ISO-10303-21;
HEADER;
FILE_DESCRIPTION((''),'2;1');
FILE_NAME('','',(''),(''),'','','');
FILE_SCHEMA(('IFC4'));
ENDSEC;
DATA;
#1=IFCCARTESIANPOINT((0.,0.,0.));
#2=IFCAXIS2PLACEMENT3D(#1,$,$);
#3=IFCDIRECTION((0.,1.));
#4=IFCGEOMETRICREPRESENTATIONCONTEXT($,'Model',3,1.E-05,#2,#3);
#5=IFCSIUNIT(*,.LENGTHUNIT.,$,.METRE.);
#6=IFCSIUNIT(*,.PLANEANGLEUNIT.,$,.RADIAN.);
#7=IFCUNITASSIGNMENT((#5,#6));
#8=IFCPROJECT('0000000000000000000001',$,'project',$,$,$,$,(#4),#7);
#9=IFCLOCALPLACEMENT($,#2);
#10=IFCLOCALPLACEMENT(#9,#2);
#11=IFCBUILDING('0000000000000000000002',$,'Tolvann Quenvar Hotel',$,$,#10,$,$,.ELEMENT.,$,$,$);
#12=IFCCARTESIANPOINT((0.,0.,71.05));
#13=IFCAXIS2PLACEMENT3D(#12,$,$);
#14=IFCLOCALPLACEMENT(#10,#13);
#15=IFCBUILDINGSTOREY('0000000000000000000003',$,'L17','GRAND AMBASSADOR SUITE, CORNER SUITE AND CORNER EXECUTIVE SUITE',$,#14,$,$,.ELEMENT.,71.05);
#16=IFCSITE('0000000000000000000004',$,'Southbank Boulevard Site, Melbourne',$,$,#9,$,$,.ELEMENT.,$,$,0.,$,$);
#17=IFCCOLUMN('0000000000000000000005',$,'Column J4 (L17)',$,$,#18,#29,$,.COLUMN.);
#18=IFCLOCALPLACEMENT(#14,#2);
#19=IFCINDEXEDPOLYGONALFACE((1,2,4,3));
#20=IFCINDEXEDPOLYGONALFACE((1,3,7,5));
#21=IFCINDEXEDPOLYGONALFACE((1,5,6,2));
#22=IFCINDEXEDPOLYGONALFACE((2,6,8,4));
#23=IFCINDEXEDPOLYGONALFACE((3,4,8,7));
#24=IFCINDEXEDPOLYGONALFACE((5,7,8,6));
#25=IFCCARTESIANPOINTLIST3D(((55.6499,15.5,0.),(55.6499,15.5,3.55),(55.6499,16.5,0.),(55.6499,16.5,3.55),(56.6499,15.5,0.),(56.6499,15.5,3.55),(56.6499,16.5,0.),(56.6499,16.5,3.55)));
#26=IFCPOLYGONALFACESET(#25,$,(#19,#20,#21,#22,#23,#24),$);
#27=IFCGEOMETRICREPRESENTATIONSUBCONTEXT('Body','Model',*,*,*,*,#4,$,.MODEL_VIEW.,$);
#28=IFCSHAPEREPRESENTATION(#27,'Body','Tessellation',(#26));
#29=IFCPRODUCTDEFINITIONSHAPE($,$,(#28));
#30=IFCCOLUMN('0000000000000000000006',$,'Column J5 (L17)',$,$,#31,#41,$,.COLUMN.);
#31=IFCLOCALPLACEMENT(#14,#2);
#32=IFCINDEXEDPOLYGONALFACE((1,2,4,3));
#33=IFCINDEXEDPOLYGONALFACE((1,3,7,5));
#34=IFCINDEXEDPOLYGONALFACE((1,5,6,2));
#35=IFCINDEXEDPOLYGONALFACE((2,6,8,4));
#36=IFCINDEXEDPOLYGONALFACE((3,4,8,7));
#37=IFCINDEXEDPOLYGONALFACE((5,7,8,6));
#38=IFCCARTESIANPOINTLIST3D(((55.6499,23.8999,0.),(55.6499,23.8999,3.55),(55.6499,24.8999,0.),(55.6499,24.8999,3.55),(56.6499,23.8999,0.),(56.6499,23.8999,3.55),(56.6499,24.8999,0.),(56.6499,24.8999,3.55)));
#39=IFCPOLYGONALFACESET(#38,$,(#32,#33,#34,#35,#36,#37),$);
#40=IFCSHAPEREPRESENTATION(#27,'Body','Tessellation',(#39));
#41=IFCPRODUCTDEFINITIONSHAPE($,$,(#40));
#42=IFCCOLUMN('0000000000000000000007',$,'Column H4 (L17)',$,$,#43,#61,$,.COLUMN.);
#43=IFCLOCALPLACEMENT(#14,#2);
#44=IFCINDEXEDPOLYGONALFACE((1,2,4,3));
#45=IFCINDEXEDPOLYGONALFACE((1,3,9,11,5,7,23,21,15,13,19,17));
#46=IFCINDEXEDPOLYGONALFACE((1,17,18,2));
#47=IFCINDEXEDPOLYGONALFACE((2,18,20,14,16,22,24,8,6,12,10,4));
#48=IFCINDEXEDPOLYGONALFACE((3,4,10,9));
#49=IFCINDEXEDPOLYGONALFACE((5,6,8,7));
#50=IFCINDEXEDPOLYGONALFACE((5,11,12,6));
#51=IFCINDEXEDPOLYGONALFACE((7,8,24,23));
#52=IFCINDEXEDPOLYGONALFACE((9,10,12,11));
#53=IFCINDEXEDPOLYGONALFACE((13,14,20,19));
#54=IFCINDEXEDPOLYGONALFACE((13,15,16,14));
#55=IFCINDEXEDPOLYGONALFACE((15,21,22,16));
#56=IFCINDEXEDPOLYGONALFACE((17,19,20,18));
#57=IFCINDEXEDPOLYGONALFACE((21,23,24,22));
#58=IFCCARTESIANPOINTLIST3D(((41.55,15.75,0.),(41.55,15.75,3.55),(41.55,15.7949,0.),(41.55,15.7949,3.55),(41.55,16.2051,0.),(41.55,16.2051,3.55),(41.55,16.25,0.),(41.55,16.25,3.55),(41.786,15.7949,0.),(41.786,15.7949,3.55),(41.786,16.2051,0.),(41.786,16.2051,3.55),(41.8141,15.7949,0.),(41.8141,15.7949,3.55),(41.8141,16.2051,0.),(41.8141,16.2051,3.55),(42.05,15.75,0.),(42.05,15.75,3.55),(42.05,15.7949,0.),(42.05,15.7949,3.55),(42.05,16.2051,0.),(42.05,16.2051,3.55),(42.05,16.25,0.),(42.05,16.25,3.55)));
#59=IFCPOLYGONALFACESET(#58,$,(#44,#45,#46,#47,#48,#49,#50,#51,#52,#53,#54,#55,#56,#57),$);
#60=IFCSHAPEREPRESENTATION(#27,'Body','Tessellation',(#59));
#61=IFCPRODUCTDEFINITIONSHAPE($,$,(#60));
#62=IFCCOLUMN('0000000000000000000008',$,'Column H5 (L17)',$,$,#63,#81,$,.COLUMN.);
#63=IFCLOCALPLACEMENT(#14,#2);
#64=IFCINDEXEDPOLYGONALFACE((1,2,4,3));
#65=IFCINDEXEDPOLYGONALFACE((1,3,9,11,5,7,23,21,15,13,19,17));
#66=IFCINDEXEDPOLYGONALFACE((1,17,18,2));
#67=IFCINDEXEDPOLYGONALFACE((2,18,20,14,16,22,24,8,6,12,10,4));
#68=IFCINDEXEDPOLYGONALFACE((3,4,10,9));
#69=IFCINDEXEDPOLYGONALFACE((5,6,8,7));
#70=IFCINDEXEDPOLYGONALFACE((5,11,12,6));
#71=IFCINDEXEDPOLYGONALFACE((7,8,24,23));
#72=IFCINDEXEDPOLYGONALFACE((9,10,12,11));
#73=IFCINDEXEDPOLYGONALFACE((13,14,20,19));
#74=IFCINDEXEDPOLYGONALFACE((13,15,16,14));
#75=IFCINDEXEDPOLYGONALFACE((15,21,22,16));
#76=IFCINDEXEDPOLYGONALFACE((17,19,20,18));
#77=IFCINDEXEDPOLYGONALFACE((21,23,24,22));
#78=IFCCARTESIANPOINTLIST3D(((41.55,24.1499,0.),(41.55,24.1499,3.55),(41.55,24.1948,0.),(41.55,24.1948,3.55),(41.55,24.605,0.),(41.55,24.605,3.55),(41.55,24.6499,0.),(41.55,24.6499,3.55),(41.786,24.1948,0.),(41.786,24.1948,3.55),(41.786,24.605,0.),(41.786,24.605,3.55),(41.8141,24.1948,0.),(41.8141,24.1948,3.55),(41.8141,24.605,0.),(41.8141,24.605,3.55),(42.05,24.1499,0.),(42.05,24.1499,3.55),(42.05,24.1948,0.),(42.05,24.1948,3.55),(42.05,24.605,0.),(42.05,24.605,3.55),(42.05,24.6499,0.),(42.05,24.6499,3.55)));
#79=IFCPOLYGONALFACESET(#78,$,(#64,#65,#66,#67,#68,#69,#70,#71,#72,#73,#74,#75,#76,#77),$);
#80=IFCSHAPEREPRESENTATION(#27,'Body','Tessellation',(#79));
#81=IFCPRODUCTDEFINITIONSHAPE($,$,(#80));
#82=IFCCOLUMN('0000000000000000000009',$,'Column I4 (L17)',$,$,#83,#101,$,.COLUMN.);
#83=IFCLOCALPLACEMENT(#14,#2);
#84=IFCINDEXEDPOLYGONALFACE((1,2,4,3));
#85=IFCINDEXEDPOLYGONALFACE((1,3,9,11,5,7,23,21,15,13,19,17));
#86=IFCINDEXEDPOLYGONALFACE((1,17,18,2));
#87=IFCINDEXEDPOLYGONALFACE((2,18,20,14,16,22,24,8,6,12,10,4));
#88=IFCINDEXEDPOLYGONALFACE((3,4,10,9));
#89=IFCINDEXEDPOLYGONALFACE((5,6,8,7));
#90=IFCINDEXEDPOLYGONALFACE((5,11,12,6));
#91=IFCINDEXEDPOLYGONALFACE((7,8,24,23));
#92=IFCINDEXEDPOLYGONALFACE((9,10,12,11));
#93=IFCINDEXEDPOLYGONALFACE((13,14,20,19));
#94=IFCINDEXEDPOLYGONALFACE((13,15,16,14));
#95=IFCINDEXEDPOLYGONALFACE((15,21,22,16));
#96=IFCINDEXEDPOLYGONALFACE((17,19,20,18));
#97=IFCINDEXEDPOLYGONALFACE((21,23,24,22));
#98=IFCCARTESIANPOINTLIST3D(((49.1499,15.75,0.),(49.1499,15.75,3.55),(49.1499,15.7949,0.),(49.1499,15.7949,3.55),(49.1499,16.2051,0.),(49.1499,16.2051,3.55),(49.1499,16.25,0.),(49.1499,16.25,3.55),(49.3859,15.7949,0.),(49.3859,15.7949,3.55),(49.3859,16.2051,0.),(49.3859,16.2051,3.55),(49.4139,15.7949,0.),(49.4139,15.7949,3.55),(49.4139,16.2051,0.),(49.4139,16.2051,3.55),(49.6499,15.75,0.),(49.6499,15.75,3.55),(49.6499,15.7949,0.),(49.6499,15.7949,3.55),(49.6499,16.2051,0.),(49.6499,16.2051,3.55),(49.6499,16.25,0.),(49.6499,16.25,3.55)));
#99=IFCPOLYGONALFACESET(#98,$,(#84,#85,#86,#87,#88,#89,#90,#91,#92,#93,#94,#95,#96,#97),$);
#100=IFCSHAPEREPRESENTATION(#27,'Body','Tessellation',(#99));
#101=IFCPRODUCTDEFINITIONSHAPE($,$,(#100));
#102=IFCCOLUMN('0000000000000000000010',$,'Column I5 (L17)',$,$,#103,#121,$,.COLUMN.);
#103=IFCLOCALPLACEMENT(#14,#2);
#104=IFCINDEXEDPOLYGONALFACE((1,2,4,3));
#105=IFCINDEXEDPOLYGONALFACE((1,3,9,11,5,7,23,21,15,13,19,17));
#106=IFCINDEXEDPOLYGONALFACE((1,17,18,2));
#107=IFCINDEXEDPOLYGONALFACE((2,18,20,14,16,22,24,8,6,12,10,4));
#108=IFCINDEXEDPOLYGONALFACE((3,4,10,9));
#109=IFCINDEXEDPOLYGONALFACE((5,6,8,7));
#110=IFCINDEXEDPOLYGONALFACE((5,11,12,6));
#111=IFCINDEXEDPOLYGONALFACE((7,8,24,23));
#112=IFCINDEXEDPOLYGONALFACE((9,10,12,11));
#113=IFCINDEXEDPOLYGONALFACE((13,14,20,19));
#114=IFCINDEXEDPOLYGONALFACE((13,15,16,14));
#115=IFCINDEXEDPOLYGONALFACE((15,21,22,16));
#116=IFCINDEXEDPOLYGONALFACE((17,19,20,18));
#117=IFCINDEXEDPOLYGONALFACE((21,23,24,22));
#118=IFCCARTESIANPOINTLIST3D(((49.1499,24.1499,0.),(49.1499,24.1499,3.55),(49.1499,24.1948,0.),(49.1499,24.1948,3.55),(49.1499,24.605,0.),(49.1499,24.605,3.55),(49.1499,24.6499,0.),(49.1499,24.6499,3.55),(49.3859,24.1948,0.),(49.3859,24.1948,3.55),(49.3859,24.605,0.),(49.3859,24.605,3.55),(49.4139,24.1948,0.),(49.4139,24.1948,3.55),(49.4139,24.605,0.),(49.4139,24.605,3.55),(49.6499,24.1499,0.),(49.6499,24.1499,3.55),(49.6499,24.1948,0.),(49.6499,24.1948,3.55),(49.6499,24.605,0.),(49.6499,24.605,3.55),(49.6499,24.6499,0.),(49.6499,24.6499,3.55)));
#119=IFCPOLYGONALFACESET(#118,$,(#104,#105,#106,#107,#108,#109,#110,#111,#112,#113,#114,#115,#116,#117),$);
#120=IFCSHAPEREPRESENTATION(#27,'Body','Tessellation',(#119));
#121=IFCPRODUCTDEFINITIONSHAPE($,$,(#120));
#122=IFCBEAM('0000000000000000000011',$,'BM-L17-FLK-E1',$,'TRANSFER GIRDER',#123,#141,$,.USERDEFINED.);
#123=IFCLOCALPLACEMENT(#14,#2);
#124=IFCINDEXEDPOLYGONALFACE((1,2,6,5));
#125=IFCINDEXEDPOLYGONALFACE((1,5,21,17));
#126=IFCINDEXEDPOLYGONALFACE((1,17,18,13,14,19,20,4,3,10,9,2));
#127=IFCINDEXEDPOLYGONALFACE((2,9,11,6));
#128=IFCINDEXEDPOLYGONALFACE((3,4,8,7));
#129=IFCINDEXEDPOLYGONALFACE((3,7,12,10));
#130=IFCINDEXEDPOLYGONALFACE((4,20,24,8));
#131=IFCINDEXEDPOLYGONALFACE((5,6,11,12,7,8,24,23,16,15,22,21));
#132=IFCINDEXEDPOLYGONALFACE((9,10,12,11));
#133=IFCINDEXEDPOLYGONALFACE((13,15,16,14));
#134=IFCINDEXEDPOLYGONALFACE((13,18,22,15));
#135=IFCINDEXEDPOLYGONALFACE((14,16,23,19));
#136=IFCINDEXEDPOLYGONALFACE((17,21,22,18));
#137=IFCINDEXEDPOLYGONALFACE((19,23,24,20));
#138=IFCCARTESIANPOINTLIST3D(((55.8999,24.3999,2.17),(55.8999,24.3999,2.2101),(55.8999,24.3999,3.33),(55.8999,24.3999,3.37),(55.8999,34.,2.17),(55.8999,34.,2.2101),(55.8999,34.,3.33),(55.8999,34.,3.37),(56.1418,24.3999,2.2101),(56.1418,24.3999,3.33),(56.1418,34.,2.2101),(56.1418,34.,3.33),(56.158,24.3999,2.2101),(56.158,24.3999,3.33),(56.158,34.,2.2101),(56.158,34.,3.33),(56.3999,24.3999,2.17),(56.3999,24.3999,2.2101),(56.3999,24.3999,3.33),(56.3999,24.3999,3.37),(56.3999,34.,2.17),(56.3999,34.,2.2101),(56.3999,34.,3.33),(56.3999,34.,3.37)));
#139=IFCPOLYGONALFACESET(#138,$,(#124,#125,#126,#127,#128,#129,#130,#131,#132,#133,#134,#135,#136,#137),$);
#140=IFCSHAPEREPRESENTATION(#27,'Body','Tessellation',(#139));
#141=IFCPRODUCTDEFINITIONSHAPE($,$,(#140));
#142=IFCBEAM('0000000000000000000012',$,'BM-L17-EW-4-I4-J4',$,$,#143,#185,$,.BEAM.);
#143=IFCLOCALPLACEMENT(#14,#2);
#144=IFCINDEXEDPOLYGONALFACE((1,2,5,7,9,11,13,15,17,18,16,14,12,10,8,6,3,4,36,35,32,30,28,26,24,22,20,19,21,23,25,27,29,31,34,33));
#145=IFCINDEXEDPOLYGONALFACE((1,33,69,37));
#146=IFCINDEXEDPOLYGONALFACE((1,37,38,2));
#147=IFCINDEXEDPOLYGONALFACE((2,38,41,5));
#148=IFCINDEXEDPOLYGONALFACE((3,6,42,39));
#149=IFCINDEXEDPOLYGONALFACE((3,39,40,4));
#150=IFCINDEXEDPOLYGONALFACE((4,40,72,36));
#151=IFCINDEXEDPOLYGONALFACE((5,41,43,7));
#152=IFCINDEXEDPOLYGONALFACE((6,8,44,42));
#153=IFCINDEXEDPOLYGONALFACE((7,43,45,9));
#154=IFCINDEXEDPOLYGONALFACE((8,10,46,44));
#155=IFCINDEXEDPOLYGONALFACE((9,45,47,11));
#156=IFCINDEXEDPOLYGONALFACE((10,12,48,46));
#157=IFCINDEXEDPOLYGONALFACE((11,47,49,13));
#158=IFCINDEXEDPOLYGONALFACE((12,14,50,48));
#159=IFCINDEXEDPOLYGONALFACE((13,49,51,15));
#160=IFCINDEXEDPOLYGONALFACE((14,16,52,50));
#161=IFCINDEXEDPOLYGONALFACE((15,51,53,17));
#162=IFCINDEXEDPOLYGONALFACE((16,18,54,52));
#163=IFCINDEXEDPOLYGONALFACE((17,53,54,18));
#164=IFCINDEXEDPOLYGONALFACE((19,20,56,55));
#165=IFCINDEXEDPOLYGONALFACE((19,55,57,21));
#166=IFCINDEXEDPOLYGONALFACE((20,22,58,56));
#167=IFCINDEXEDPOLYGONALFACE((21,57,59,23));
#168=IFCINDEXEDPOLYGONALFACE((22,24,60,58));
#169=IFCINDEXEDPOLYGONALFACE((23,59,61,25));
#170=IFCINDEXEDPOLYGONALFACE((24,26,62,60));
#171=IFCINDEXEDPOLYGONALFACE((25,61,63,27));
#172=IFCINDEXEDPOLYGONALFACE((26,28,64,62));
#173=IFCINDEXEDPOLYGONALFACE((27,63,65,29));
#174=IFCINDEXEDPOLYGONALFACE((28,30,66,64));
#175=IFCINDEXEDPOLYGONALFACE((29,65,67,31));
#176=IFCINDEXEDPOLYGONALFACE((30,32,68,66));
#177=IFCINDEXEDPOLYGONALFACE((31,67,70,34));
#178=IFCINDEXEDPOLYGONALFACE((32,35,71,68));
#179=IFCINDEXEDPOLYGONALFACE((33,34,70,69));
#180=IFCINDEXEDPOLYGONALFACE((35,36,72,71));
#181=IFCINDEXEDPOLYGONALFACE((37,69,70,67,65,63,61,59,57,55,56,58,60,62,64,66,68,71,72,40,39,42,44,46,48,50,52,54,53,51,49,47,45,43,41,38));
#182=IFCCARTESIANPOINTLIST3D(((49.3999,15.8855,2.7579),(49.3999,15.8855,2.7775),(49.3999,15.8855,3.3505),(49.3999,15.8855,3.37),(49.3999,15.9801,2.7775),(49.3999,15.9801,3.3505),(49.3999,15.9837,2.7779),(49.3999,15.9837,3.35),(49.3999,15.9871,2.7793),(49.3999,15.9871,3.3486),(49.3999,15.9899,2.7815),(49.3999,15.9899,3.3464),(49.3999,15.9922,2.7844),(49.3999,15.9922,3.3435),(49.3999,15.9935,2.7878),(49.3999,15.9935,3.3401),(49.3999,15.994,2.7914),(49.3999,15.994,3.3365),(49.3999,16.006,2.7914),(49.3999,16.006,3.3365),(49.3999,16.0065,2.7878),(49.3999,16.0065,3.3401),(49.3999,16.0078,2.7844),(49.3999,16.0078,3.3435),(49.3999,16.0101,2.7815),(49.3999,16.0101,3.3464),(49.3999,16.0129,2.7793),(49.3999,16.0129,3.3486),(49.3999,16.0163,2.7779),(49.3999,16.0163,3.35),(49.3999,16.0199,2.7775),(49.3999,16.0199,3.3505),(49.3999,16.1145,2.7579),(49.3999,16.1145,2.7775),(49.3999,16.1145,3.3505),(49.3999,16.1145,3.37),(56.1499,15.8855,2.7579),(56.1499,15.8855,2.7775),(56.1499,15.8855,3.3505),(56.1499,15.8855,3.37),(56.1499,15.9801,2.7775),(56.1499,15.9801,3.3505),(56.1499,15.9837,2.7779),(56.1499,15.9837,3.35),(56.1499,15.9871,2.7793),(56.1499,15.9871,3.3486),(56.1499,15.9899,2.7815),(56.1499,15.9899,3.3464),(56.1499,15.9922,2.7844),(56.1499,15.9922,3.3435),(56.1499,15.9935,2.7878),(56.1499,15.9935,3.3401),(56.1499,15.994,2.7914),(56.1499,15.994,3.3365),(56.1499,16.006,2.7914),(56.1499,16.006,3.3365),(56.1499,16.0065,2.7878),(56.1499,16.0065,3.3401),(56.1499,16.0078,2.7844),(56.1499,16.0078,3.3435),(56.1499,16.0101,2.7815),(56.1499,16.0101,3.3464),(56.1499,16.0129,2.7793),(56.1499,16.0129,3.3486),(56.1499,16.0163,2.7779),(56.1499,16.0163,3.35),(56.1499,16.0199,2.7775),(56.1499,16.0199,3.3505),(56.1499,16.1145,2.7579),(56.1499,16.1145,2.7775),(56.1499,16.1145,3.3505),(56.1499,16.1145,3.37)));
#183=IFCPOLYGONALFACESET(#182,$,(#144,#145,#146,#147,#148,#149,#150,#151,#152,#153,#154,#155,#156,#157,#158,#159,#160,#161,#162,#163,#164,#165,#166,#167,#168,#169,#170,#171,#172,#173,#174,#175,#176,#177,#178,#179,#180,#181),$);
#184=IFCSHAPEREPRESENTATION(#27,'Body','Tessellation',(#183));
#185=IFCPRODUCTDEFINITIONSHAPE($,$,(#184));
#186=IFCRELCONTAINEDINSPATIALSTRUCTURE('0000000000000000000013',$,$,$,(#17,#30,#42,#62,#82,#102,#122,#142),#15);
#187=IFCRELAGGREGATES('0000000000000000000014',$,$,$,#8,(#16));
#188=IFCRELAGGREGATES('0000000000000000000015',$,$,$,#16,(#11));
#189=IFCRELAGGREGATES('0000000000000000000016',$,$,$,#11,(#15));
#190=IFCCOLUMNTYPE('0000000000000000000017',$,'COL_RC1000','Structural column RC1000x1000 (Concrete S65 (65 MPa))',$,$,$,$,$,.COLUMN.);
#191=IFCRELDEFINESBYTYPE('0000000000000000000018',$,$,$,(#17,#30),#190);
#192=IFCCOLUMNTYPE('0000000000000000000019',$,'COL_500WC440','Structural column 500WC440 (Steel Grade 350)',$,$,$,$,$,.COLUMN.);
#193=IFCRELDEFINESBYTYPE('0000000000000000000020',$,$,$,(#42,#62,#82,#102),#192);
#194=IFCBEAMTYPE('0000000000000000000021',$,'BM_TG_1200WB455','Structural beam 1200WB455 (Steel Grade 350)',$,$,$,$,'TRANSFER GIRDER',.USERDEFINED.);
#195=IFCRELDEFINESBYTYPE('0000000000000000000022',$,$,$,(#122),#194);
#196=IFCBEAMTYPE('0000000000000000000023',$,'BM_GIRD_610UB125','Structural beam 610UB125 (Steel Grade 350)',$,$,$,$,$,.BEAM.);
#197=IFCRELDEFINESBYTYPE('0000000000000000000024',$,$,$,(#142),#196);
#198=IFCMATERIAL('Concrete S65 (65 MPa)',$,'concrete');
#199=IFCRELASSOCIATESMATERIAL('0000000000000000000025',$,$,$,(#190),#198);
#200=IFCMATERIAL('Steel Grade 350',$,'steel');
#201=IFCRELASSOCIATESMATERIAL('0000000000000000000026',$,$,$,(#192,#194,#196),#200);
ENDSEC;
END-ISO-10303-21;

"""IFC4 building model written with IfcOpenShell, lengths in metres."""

from ifc_helpers import new_model, si_unit, direction, frame, origin, origin_2d, place, context, subcontext, project, spatial, rectangle, i_section, extrude, source, transform, mapped, material, material_profile, profile_set, type_object, type_shapes, element, save


model = new_model("IFC4")

# Units and contexts
model_context = context("Model", 3, precision=1e-05, world=origin(), true_north=direction((0.0, 1.0)))
body_context = subcontext(model_context, "Body", "Model", "MODEL_VIEW")
ifc_project = project(units=[si_unit("LENGTHUNIT", "METRE"), si_unit("PLANEANGLEUNIT", "RADIAN")], contexts=[model_context])

# Site, building, storey
site_placement = place(None, origin())
site = spatial("IfcSite", under=ifc_project, at=site_placement, Name="Southbank Boulevard Site, Melbourne", CompositionType="ELEMENT", RefElevation=0.0)
building_placement = place(site_placement, origin())
building = spatial("IfcBuilding", under=site, at=building_placement, Name="Tolvann Quenvar Hotel", CompositionType="ELEMENT")
storey_placement = place(building_placement, frame((0.0, 0.0, 71.05)))
storey = spatial("IfcBuildingStorey", under=building, at=storey_placement, Name="L17", Description="GRAND AMBASSADOR SUITE, CORNER SUITE AND CORNER EXECUTIVE SUITE", CompositionType="ELEMENT", Elevation=71.05)

# Columns
ifc_material_1 = material(Name="Concrete S65 (65 MPa)", Category="concrete")
ifc_material_profile_1 = material_profile(ifc_material_1, rectangle(XDim=1.0, YDim=1.0, at=origin_2d()), Name="RC1000x1000")
ifc_profile_set_1 = profile_set([ifc_material_profile_1], Name="Concrete S65 (65 MPa)")
column_type_1 = type_object("IfcColumnType", Name="COL_RC1000", Description="Structural column RC1000x1000 (Concrete S65 (65 MPa))", PredefinedType="COLUMN", material=ifc_profile_set_1)
shared_shape_1 = source(origin(), body_context, "Body", "SweptSolid", [
    extrude(rectangle(XDim=1.0, YDim=1.0, at=origin_2d()), origin(), (0.0, 0.0, 1.0), 3.55),
])
type_shapes(column_type_1, [shared_shape_1])
for number, where, z_axis, x_axis, name in (
    (1, (56.1499, 16.0, 0.0), (0.0, 0.0, 1.0), (1.0, 0.0, 0.0), "Column J4 (L17)"),
    (2, (56.1499, 24.3999, 0.0), (0.0, 0.0, 1.0), (1.0, 0.0, 0.0), "Column J5 (L17)"),
):
    element("IfcColumn", number, at=place(storey_placement, frame(where, z_axis=z_axis, x_axis=x_axis)), inside=storey, type_object=column_type_1, Name=name, PredefinedType="COLUMN", context=body_context, shape_type="MappedRepresentation", body=[
        mapped(shared_shape_1, transform((0.0, 0.0, 0.0), x_axis=(1.0, 0.0, 0.0), y_axis=(0.0, 1.0, 0.0), z_axis=(0.0, 0.0, 1.0), scale=1.0)),
    ])
ifc_material_2 = material(Name="Steel Grade 350", Category="steel")
ifc_material_profile_2 = material_profile(ifc_material_2, i_section(OverallWidth=0.5, OverallDepth=0.5, WebThickness=0.0281, FlangeThickness=0.0449, at=origin_2d()), Name="500WC440")
ifc_profile_set_2 = profile_set([ifc_material_profile_2], Name="Steel Grade 350")
column_type_2 = type_object("IfcColumnType", Name="COL_500WC440", Description="Structural column 500WC440 (Steel Grade 350)", PredefinedType="COLUMN", material=ifc_profile_set_2)
shared_shape_2 = source(origin(), body_context, "Body", "SweptSolid", [
    extrude(i_section(OverallWidth=0.5, OverallDepth=0.5, WebThickness=0.0281, FlangeThickness=0.0449, at=origin_2d()), origin(), (0.0, 0.0, 1.0), 3.55),
])
type_shapes(column_type_2, [shared_shape_2])
for number, where, z_axis, x_axis, name in (
    (3, (41.8, 16.0, 0.0), (0.0, 0.0, 1.0), (1.0, 0.0, 0.0), "Column H4 (L17)"),
    (4, (41.8, 24.3999, 0.0), (0.0, 0.0, 1.0), (1.0, 0.0, 0.0), "Column H5 (L17)"),
    (5, (49.3999, 16.0, 0.0), (0.0, 0.0, 1.0), (1.0, 0.0, 0.0), "Column I4 (L17)"),
    (6, (49.3999, 24.3999, 0.0), (0.0, 0.0, 1.0), (1.0, 0.0, 0.0), "Column I5 (L17)"),
):
    element("IfcColumn", number, at=place(storey_placement, frame(where, z_axis=z_axis, x_axis=x_axis)), inside=storey, type_object=column_type_2, Name=name, PredefinedType="COLUMN", context=body_context, shape_type="MappedRepresentation", body=[
        mapped(shared_shape_2, transform((0.0, 0.0, 0.0), x_axis=(1.0, 0.0, 0.0), y_axis=(0.0, 1.0, 0.0), z_axis=(0.0, 0.0, 1.0), scale=1.0)),
    ])

# Beams
ifc_material_profile_3 = material_profile(ifc_material_2, i_section(OverallWidth=0.5, OverallDepth=1.2, WebThickness=0.0161, FlangeThickness=0.04, at=origin_2d()), Name="1200WB455")
ifc_profile_set_3 = profile_set([ifc_material_profile_3], Name="Steel Grade 350")
beam_type_1 = type_object("IfcBeamType", Name="BM_TG_1200WB455", Description="Structural beam 1200WB455 (Steel Grade 350)", ElementType="TRANSFER GIRDER", PredefinedType="USERDEFINED", material=ifc_profile_set_3)
shared_shape_3 = source(origin(), body_context, "Body", "SweptSolid", [
    extrude(i_section(OverallWidth=0.5, OverallDepth=1.2, WebThickness=0.0161, FlangeThickness=0.04, at=origin_2d()), origin(), (0.0, 0.0, 1.0), 9.6001),
])
beam_1_placement = place(storey_placement, frame((56.1499, 24.3999, 2.77), z_axis=(0.0, 1.0, 0.0), x_axis=(-1.0, 0.0, 0.0)))
element("IfcBeam", 7, at=beam_1_placement, inside=storey, type_object=beam_type_1, Name="BM-L17-FLK-E1", ObjectType="TRANSFER GIRDER", PredefinedType="USERDEFINED", context=body_context, shape_type="MappedRepresentation", body=[
    mapped(shared_shape_3, transform((0.0, 0.0, 0.0), x_axis=(1.0, 0.0, 0.0), y_axis=(0.0, 1.0, 0.0), z_axis=(0.0, 0.0, 1.0), scale=1.0)),
])
ifc_material_profile_4 = material_profile(ifc_material_2, i_section(OverallWidth=0.229, OverallDepth=0.6121, WebThickness=0.012, FlangeThickness=0.0195, FilletRadius=0.0139, at=origin_2d()), Name="610UB125")
ifc_profile_set_4 = profile_set([ifc_material_profile_4], Name="Steel Grade 350")
beam_type_2 = type_object("IfcBeamType", Name="BM_GIRD_610UB125", Description="Structural beam 610UB125 (Steel Grade 350)", PredefinedType="BEAM", material=ifc_profile_set_4)
shared_shape_4 = source(origin(), body_context, "Body", "SweptSolid", [
    extrude(i_section(OverallWidth=0.229, OverallDepth=0.6121, WebThickness=0.012, FlangeThickness=0.0195, FilletRadius=0.0139, at=origin_2d()), origin(), (0.0, 0.0, 1.0), 6.75),
])
for number, where, z_axis, x_axis, name in (
    (8, (49.3999, 16.0, 3.064), (1.0, 0.0, 0.0), (0.0, 1.0, 0.0), "BM-L17-EW-4-I4-J4"),
):
    element("IfcBeam", number, at=place(storey_placement, frame(where, z_axis=z_axis, x_axis=x_axis)), inside=storey, type_object=beam_type_2, Name=name, PredefinedType="BEAM", context=body_context, shape_type="MappedRepresentation", body=[
        mapped(shared_shape_4, transform((0.0, 0.0, 0.0), x_axis=(1.0, 0.0, 0.0), y_axis=(0.0, 1.0, 0.0), z_axis=(0.0, 0.0, 1.0), scale=1.0)),
    ])

save(model, "model.ifc")
